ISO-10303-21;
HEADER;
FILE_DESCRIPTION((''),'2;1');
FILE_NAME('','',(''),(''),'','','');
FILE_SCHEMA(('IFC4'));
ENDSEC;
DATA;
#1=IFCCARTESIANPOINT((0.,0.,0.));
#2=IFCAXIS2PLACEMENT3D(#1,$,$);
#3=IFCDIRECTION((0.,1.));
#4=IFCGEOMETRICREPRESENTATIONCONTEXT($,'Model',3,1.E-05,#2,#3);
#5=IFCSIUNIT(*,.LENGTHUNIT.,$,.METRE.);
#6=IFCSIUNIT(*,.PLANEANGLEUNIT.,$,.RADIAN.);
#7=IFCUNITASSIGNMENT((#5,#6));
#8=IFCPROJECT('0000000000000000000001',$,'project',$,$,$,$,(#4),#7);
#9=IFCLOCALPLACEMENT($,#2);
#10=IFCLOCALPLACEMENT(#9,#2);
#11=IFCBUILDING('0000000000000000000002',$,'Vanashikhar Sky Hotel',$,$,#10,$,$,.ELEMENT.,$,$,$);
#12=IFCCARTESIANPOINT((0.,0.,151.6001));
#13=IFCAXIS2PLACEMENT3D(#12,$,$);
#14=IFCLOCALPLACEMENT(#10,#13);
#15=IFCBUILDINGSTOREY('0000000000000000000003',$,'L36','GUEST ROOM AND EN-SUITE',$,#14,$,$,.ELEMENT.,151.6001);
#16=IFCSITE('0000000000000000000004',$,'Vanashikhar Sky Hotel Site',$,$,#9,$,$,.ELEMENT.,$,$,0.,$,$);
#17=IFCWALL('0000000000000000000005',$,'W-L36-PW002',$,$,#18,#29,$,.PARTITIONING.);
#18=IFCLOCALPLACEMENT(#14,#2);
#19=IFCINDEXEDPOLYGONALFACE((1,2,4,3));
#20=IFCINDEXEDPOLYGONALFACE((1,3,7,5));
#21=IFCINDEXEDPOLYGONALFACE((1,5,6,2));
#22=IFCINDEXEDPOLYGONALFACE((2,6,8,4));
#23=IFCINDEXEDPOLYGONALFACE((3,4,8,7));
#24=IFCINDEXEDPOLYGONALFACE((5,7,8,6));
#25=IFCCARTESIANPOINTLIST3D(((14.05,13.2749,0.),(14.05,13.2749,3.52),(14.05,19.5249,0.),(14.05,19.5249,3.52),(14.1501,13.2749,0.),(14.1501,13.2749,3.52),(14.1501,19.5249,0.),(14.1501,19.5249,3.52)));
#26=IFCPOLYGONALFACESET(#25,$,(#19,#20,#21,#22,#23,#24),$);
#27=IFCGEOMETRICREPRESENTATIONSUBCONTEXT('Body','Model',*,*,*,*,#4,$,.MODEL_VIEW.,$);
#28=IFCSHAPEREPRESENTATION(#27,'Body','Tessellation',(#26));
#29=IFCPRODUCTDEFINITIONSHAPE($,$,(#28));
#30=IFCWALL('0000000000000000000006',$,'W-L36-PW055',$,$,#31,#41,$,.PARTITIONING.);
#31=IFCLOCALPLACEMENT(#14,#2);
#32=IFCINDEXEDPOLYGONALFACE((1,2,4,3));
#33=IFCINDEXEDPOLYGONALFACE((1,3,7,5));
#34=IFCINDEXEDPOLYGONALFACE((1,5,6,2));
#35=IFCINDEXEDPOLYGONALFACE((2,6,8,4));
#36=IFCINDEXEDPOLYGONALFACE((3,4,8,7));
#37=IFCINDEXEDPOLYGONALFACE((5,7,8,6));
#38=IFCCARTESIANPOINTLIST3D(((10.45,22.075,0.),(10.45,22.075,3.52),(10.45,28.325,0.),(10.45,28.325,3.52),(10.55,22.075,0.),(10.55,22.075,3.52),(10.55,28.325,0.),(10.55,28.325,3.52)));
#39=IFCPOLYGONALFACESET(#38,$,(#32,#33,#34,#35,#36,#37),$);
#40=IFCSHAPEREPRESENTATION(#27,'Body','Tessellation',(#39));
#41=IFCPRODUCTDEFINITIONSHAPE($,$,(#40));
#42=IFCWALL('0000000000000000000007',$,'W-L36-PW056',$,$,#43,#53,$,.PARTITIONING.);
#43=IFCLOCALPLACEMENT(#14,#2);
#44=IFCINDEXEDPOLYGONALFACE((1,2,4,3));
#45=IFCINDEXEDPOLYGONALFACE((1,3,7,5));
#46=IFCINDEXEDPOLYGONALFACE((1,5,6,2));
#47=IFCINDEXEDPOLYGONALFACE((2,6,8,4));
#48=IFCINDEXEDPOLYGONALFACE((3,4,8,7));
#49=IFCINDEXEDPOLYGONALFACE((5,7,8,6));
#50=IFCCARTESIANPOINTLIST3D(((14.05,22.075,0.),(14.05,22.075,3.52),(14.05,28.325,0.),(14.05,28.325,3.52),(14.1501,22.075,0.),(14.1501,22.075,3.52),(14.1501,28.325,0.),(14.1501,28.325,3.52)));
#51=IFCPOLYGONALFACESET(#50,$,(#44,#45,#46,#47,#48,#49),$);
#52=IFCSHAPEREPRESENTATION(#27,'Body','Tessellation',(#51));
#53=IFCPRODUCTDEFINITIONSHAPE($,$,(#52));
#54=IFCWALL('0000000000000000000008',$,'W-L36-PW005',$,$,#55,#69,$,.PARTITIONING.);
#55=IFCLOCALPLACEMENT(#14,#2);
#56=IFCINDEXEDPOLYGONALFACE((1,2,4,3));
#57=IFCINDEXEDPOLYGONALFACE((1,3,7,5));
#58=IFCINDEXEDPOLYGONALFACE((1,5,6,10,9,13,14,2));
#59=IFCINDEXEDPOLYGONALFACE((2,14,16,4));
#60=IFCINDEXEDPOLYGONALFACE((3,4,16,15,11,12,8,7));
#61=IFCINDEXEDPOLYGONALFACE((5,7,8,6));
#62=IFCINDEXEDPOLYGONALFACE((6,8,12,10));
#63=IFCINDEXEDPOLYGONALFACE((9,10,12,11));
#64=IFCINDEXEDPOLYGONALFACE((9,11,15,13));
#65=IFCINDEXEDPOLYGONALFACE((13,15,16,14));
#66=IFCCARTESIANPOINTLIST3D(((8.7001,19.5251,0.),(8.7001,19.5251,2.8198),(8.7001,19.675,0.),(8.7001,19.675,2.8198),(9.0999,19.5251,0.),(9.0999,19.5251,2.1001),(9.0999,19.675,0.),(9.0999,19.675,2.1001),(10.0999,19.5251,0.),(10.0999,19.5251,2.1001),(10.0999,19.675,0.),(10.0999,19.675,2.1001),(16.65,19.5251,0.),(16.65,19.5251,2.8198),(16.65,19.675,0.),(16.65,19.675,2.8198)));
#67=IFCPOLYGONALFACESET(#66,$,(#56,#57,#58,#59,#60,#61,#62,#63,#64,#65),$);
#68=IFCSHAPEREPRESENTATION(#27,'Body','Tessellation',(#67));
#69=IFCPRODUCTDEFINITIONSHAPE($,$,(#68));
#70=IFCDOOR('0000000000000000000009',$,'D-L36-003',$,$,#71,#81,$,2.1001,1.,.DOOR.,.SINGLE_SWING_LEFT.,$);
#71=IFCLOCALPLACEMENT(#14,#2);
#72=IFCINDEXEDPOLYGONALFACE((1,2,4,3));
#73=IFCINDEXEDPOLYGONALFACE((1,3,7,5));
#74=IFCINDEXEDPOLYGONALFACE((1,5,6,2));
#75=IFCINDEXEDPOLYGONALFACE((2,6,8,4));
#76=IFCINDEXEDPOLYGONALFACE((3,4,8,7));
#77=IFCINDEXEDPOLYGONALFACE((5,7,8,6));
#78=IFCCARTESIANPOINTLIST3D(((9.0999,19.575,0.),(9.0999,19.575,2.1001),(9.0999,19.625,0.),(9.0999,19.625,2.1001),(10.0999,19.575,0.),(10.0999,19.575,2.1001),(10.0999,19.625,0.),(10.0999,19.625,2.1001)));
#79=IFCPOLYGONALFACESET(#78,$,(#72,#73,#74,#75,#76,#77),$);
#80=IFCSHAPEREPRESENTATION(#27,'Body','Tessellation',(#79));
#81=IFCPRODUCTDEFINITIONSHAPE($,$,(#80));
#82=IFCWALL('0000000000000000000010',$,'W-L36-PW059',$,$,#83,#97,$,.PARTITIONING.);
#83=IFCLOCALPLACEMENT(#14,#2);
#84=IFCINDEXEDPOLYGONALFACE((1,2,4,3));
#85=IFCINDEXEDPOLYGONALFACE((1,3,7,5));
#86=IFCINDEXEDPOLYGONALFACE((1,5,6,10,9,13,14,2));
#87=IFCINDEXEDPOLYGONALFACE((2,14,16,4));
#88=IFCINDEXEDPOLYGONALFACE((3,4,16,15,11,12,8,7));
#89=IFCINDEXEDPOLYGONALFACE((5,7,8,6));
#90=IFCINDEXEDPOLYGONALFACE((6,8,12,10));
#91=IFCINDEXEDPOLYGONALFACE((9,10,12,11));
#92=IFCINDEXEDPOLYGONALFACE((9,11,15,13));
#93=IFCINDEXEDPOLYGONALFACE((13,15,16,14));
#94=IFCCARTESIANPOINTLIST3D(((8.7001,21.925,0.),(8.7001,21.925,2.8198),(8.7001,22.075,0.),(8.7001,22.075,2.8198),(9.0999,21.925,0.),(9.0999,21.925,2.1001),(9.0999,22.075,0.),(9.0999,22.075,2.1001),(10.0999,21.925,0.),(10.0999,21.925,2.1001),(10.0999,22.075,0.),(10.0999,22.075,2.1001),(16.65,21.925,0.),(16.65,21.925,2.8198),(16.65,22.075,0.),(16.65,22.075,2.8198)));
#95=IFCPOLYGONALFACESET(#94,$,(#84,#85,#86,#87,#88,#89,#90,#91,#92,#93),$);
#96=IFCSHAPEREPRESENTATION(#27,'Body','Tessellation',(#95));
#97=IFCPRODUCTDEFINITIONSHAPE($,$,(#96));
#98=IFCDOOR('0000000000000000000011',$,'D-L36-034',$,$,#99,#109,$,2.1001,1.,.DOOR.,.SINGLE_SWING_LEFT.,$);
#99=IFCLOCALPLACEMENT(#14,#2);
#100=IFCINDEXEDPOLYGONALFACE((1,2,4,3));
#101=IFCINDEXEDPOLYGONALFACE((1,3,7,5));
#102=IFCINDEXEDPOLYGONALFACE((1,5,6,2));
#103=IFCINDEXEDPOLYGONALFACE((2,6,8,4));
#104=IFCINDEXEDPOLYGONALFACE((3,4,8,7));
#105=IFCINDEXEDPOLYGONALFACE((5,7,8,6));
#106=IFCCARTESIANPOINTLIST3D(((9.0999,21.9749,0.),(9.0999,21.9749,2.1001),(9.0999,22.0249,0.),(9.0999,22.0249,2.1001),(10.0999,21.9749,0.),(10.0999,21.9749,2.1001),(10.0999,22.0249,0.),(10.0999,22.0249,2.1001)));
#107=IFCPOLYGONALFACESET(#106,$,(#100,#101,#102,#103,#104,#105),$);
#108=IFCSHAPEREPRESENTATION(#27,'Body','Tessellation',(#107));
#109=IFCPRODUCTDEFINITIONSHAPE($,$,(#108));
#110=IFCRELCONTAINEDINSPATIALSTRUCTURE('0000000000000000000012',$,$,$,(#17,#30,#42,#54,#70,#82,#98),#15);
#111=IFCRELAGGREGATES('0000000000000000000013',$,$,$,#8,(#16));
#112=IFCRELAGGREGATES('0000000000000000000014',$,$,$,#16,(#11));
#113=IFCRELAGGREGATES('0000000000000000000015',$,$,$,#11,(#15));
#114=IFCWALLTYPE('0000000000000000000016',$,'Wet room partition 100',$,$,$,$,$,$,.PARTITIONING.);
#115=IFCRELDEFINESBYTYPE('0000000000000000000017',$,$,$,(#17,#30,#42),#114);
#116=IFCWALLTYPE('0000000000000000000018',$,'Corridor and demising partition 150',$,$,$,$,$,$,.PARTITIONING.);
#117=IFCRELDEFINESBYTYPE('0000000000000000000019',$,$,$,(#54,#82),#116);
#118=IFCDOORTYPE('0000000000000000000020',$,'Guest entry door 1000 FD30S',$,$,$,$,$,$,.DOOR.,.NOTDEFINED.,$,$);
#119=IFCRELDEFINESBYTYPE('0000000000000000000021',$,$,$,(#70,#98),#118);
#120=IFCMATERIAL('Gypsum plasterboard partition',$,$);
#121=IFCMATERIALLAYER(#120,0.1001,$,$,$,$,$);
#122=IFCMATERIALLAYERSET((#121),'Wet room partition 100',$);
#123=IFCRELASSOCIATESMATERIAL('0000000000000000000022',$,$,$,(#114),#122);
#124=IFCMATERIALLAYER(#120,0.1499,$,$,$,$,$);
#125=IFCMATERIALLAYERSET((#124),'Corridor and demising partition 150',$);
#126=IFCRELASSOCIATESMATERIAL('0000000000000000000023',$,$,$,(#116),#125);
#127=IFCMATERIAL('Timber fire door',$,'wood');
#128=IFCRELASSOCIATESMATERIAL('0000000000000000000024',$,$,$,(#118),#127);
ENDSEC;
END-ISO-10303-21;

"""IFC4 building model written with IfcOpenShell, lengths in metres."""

from ifc_helpers import new_model, si_unit, direction, frame, frame_2d, origin, place, context, subcontext, project, spatial, rectangle, extrude, source, transform, mapped, material, layer, layer_set, type_object, element, fill, save


model = new_model("IFC4")

# Units and contexts
model_context = context("Model", 3, precision=1e-05, world=origin(), true_north=direction((0.0, 1.0)))
body_context = subcontext(model_context, "Body", "Model", "MODEL_VIEW")
ifc_project = project(units=[si_unit("LENGTHUNIT", "METRE"), si_unit("PLANEANGLEUNIT", "RADIAN")], contexts=[model_context])

# Site, building, storey
site_placement = place(None, origin())
site = spatial("IfcSite", under=ifc_project, at=site_placement, Name="Vanashikhar Sky Hotel Site", CompositionType="ELEMENT", RefElevation=0.0)
building_placement = place(site_placement, origin())
building = spatial("IfcBuilding", under=site, at=building_placement, Name="Vanashikhar Sky Hotel", CompositionType="ELEMENT")
storey_placement = place(building_placement, frame((0.0, 0.0, 151.6001)))
storey = spatial("IfcBuildingStorey", under=building, at=storey_placement, Name="L36", Description="GUEST ROOM AND EN-SUITE", CompositionType="ELEMENT", Elevation=151.6001)

# Walls
ifc_material_1 = material(Name="Gypsum plasterboard partition")
ifc_layer_1 = layer(ifc_material_1, 0.1001)
ifc_layer_set_1 = layer_set([ifc_layer_1], Name="Wet room partition 100")
wall_type_1 = type_object("IfcWallType", Name="Wet room partition 100", PredefinedType="PARTITIONING", material=ifc_layer_set_1)
shared_shape_1 = source(origin(), body_context, "Body", "SweptSolid", [
    extrude(rectangle(XDim=6.25, YDim=0.1001, at=frame_2d((3.125, 0.0))), origin(), (0.0, 0.0, 1.0), 3.52),
])
for number, where, z_axis, x_axis, name in (
    (1, (14.1001, 13.2749, 0.0), (0.0, 0.0, 1.0), (0.0, 1.0, 0.0), "W-L36-PW002"),
    (2, (10.5, 22.075, 0.0), (0.0, 0.0, 1.0), (0.0, 1.0, 0.0), "W-L36-PW055"),
    (3, (14.1001, 22.075, 0.0), (0.0, 0.0, 1.0), (0.0, 1.0, 0.0), "W-L36-PW056"),
):
    element("IfcWall", number, at=place(storey_placement, frame(where, z_axis=z_axis, x_axis=x_axis)), inside=storey, type_object=wall_type_1, Name=name, PredefinedType="PARTITIONING", context=body_context, shape_type="MappedRepresentation", body=[
        mapped(shared_shape_1, transform((0.0, 0.0, 0.0), scale=1.0)),
    ])

# Walls, openings, doors
ifc_layer_2 = layer(ifc_material_1, 0.1499)
ifc_layer_set_2 = layer_set([ifc_layer_2], Name="Corridor and demising partition 150")
wall_type_2 = type_object("IfcWallType", Name="Corridor and demising partition 150", PredefinedType="PARTITIONING", material=ifc_layer_set_2)
shared_shape_2 = source(origin(), body_context, "Body", "SweptSolid", [
    extrude(rectangle(XDim=7.95, YDim=0.1499, at=frame_2d((3.9751, 0.0))), origin(), (0.0, 0.0, 1.0), 2.8198),
])
wall_1_placement = place(storey_placement, frame((8.7, 19.6001, 0.0), z_axis=(0.0, 0.0, 1.0), x_axis=(1.0, 0.0, 0.0)))
wall_1 = element("IfcWall", 4, at=wall_1_placement, inside=storey, type_object=wall_type_2, Name="W-L36-PW005", PredefinedType="PARTITIONING", context=body_context, shape_type="MappedRepresentation", body=[
    mapped(shared_shape_2, transform((0.0, 0.0, 0.0), scale=1.0)),
])
shared_shape_3 = source(origin(), body_context, "Body", "SweptSolid", [
    extrude(rectangle(XDim=1.0, YDim=2.1001, at=frame_2d((0.5, 1.05))), frame((0.0, 0.085, 0.0), z_axis=(0.0, -1.0, 0.0), x_axis=(1.0, 0.0, 0.0)), (0.0, 0.0, 1.0), 0.1699),
])
opening_1_placement = place(wall_1_placement, frame((0.3999, 0.0, 0.0)))
opening_1 = element("IfcOpeningElement", 5, at=opening_1_placement, cuts=wall_1, PredefinedType="OPENING", context=body_context, shape_type="MappedRepresentation", body=[
    mapped(shared_shape_3, transform((0.0, 0.0, 0.0), scale=1.0)),
])
ifc_material_2 = material(Name="Timber fire door", Category="wood")
door_type = type_object("IfcDoorType", Name="Guest entry door 1000 FD30S", OperationType="NOTDEFINED", PredefinedType="DOOR", material=ifc_material_2)
shared_shape_4 = source(origin(), body_context, "Body", "SweptSolid", [
    extrude(rectangle(XDim=1.0, YDim=2.1001, at=frame_2d((0.5, 1.05))), frame((0.0, 0.0249, 0.0), z_axis=(0.0, -1.0, 0.0), x_axis=(1.0, 0.0, 0.0)), (0.0, 0.0, 1.0), 0.05),
])
door_1_placement = place(opening_1_placement, origin())
door_1 = element("IfcDoor", 6, at=door_1_placement, inside=storey, type_object=door_type, Name="D-L36-003", OperationType="SINGLE_SWING_LEFT", OverallHeight=2.1001, OverallWidth=1.0, PredefinedType="DOOR", context=body_context, shape_type="MappedRepresentation", body=[
    mapped(shared_shape_4, transform((0.0, 0.0, 0.0), scale=1.0)),
])
fill(opening_1, door_1)
wall_2_placement = place(storey_placement, frame((8.7, 22.0, 0.0), z_axis=(0.0, 0.0, 1.0), x_axis=(1.0, 0.0, 0.0)))
wall_2 = element("IfcWall", 7, at=wall_2_placement, inside=storey, type_object=wall_type_2, Name="W-L36-PW059", PredefinedType="PARTITIONING", context=body_context, shape_type="MappedRepresentation", body=[
    mapped(shared_shape_2, transform((0.0, 0.0, 0.0), scale=1.0)),
])
opening_2_placement = place(wall_2_placement, frame((0.3999, 0.0, 0.0)))
opening_2 = element("IfcOpeningElement", 8, at=opening_2_placement, cuts=wall_2, PredefinedType="OPENING", context=body_context, shape_type="MappedRepresentation", body=[
    mapped(shared_shape_3, transform((0.0, 0.0, 0.0), scale=1.0)),
])
door_2_placement = place(opening_2_placement, origin())
door_2 = element("IfcDoor", 9, at=door_2_placement, inside=storey, type_object=door_type, Name="D-L36-034", OperationType="SINGLE_SWING_LEFT", OverallHeight=2.1001, OverallWidth=1.0, PredefinedType="DOOR", context=body_context, shape_type="MappedRepresentation", body=[
    mapped(shared_shape_4, transform((0.0, 0.0, 0.0), scale=1.0)),
])
fill(opening_2, door_2)

save(model, "model.ifc")
